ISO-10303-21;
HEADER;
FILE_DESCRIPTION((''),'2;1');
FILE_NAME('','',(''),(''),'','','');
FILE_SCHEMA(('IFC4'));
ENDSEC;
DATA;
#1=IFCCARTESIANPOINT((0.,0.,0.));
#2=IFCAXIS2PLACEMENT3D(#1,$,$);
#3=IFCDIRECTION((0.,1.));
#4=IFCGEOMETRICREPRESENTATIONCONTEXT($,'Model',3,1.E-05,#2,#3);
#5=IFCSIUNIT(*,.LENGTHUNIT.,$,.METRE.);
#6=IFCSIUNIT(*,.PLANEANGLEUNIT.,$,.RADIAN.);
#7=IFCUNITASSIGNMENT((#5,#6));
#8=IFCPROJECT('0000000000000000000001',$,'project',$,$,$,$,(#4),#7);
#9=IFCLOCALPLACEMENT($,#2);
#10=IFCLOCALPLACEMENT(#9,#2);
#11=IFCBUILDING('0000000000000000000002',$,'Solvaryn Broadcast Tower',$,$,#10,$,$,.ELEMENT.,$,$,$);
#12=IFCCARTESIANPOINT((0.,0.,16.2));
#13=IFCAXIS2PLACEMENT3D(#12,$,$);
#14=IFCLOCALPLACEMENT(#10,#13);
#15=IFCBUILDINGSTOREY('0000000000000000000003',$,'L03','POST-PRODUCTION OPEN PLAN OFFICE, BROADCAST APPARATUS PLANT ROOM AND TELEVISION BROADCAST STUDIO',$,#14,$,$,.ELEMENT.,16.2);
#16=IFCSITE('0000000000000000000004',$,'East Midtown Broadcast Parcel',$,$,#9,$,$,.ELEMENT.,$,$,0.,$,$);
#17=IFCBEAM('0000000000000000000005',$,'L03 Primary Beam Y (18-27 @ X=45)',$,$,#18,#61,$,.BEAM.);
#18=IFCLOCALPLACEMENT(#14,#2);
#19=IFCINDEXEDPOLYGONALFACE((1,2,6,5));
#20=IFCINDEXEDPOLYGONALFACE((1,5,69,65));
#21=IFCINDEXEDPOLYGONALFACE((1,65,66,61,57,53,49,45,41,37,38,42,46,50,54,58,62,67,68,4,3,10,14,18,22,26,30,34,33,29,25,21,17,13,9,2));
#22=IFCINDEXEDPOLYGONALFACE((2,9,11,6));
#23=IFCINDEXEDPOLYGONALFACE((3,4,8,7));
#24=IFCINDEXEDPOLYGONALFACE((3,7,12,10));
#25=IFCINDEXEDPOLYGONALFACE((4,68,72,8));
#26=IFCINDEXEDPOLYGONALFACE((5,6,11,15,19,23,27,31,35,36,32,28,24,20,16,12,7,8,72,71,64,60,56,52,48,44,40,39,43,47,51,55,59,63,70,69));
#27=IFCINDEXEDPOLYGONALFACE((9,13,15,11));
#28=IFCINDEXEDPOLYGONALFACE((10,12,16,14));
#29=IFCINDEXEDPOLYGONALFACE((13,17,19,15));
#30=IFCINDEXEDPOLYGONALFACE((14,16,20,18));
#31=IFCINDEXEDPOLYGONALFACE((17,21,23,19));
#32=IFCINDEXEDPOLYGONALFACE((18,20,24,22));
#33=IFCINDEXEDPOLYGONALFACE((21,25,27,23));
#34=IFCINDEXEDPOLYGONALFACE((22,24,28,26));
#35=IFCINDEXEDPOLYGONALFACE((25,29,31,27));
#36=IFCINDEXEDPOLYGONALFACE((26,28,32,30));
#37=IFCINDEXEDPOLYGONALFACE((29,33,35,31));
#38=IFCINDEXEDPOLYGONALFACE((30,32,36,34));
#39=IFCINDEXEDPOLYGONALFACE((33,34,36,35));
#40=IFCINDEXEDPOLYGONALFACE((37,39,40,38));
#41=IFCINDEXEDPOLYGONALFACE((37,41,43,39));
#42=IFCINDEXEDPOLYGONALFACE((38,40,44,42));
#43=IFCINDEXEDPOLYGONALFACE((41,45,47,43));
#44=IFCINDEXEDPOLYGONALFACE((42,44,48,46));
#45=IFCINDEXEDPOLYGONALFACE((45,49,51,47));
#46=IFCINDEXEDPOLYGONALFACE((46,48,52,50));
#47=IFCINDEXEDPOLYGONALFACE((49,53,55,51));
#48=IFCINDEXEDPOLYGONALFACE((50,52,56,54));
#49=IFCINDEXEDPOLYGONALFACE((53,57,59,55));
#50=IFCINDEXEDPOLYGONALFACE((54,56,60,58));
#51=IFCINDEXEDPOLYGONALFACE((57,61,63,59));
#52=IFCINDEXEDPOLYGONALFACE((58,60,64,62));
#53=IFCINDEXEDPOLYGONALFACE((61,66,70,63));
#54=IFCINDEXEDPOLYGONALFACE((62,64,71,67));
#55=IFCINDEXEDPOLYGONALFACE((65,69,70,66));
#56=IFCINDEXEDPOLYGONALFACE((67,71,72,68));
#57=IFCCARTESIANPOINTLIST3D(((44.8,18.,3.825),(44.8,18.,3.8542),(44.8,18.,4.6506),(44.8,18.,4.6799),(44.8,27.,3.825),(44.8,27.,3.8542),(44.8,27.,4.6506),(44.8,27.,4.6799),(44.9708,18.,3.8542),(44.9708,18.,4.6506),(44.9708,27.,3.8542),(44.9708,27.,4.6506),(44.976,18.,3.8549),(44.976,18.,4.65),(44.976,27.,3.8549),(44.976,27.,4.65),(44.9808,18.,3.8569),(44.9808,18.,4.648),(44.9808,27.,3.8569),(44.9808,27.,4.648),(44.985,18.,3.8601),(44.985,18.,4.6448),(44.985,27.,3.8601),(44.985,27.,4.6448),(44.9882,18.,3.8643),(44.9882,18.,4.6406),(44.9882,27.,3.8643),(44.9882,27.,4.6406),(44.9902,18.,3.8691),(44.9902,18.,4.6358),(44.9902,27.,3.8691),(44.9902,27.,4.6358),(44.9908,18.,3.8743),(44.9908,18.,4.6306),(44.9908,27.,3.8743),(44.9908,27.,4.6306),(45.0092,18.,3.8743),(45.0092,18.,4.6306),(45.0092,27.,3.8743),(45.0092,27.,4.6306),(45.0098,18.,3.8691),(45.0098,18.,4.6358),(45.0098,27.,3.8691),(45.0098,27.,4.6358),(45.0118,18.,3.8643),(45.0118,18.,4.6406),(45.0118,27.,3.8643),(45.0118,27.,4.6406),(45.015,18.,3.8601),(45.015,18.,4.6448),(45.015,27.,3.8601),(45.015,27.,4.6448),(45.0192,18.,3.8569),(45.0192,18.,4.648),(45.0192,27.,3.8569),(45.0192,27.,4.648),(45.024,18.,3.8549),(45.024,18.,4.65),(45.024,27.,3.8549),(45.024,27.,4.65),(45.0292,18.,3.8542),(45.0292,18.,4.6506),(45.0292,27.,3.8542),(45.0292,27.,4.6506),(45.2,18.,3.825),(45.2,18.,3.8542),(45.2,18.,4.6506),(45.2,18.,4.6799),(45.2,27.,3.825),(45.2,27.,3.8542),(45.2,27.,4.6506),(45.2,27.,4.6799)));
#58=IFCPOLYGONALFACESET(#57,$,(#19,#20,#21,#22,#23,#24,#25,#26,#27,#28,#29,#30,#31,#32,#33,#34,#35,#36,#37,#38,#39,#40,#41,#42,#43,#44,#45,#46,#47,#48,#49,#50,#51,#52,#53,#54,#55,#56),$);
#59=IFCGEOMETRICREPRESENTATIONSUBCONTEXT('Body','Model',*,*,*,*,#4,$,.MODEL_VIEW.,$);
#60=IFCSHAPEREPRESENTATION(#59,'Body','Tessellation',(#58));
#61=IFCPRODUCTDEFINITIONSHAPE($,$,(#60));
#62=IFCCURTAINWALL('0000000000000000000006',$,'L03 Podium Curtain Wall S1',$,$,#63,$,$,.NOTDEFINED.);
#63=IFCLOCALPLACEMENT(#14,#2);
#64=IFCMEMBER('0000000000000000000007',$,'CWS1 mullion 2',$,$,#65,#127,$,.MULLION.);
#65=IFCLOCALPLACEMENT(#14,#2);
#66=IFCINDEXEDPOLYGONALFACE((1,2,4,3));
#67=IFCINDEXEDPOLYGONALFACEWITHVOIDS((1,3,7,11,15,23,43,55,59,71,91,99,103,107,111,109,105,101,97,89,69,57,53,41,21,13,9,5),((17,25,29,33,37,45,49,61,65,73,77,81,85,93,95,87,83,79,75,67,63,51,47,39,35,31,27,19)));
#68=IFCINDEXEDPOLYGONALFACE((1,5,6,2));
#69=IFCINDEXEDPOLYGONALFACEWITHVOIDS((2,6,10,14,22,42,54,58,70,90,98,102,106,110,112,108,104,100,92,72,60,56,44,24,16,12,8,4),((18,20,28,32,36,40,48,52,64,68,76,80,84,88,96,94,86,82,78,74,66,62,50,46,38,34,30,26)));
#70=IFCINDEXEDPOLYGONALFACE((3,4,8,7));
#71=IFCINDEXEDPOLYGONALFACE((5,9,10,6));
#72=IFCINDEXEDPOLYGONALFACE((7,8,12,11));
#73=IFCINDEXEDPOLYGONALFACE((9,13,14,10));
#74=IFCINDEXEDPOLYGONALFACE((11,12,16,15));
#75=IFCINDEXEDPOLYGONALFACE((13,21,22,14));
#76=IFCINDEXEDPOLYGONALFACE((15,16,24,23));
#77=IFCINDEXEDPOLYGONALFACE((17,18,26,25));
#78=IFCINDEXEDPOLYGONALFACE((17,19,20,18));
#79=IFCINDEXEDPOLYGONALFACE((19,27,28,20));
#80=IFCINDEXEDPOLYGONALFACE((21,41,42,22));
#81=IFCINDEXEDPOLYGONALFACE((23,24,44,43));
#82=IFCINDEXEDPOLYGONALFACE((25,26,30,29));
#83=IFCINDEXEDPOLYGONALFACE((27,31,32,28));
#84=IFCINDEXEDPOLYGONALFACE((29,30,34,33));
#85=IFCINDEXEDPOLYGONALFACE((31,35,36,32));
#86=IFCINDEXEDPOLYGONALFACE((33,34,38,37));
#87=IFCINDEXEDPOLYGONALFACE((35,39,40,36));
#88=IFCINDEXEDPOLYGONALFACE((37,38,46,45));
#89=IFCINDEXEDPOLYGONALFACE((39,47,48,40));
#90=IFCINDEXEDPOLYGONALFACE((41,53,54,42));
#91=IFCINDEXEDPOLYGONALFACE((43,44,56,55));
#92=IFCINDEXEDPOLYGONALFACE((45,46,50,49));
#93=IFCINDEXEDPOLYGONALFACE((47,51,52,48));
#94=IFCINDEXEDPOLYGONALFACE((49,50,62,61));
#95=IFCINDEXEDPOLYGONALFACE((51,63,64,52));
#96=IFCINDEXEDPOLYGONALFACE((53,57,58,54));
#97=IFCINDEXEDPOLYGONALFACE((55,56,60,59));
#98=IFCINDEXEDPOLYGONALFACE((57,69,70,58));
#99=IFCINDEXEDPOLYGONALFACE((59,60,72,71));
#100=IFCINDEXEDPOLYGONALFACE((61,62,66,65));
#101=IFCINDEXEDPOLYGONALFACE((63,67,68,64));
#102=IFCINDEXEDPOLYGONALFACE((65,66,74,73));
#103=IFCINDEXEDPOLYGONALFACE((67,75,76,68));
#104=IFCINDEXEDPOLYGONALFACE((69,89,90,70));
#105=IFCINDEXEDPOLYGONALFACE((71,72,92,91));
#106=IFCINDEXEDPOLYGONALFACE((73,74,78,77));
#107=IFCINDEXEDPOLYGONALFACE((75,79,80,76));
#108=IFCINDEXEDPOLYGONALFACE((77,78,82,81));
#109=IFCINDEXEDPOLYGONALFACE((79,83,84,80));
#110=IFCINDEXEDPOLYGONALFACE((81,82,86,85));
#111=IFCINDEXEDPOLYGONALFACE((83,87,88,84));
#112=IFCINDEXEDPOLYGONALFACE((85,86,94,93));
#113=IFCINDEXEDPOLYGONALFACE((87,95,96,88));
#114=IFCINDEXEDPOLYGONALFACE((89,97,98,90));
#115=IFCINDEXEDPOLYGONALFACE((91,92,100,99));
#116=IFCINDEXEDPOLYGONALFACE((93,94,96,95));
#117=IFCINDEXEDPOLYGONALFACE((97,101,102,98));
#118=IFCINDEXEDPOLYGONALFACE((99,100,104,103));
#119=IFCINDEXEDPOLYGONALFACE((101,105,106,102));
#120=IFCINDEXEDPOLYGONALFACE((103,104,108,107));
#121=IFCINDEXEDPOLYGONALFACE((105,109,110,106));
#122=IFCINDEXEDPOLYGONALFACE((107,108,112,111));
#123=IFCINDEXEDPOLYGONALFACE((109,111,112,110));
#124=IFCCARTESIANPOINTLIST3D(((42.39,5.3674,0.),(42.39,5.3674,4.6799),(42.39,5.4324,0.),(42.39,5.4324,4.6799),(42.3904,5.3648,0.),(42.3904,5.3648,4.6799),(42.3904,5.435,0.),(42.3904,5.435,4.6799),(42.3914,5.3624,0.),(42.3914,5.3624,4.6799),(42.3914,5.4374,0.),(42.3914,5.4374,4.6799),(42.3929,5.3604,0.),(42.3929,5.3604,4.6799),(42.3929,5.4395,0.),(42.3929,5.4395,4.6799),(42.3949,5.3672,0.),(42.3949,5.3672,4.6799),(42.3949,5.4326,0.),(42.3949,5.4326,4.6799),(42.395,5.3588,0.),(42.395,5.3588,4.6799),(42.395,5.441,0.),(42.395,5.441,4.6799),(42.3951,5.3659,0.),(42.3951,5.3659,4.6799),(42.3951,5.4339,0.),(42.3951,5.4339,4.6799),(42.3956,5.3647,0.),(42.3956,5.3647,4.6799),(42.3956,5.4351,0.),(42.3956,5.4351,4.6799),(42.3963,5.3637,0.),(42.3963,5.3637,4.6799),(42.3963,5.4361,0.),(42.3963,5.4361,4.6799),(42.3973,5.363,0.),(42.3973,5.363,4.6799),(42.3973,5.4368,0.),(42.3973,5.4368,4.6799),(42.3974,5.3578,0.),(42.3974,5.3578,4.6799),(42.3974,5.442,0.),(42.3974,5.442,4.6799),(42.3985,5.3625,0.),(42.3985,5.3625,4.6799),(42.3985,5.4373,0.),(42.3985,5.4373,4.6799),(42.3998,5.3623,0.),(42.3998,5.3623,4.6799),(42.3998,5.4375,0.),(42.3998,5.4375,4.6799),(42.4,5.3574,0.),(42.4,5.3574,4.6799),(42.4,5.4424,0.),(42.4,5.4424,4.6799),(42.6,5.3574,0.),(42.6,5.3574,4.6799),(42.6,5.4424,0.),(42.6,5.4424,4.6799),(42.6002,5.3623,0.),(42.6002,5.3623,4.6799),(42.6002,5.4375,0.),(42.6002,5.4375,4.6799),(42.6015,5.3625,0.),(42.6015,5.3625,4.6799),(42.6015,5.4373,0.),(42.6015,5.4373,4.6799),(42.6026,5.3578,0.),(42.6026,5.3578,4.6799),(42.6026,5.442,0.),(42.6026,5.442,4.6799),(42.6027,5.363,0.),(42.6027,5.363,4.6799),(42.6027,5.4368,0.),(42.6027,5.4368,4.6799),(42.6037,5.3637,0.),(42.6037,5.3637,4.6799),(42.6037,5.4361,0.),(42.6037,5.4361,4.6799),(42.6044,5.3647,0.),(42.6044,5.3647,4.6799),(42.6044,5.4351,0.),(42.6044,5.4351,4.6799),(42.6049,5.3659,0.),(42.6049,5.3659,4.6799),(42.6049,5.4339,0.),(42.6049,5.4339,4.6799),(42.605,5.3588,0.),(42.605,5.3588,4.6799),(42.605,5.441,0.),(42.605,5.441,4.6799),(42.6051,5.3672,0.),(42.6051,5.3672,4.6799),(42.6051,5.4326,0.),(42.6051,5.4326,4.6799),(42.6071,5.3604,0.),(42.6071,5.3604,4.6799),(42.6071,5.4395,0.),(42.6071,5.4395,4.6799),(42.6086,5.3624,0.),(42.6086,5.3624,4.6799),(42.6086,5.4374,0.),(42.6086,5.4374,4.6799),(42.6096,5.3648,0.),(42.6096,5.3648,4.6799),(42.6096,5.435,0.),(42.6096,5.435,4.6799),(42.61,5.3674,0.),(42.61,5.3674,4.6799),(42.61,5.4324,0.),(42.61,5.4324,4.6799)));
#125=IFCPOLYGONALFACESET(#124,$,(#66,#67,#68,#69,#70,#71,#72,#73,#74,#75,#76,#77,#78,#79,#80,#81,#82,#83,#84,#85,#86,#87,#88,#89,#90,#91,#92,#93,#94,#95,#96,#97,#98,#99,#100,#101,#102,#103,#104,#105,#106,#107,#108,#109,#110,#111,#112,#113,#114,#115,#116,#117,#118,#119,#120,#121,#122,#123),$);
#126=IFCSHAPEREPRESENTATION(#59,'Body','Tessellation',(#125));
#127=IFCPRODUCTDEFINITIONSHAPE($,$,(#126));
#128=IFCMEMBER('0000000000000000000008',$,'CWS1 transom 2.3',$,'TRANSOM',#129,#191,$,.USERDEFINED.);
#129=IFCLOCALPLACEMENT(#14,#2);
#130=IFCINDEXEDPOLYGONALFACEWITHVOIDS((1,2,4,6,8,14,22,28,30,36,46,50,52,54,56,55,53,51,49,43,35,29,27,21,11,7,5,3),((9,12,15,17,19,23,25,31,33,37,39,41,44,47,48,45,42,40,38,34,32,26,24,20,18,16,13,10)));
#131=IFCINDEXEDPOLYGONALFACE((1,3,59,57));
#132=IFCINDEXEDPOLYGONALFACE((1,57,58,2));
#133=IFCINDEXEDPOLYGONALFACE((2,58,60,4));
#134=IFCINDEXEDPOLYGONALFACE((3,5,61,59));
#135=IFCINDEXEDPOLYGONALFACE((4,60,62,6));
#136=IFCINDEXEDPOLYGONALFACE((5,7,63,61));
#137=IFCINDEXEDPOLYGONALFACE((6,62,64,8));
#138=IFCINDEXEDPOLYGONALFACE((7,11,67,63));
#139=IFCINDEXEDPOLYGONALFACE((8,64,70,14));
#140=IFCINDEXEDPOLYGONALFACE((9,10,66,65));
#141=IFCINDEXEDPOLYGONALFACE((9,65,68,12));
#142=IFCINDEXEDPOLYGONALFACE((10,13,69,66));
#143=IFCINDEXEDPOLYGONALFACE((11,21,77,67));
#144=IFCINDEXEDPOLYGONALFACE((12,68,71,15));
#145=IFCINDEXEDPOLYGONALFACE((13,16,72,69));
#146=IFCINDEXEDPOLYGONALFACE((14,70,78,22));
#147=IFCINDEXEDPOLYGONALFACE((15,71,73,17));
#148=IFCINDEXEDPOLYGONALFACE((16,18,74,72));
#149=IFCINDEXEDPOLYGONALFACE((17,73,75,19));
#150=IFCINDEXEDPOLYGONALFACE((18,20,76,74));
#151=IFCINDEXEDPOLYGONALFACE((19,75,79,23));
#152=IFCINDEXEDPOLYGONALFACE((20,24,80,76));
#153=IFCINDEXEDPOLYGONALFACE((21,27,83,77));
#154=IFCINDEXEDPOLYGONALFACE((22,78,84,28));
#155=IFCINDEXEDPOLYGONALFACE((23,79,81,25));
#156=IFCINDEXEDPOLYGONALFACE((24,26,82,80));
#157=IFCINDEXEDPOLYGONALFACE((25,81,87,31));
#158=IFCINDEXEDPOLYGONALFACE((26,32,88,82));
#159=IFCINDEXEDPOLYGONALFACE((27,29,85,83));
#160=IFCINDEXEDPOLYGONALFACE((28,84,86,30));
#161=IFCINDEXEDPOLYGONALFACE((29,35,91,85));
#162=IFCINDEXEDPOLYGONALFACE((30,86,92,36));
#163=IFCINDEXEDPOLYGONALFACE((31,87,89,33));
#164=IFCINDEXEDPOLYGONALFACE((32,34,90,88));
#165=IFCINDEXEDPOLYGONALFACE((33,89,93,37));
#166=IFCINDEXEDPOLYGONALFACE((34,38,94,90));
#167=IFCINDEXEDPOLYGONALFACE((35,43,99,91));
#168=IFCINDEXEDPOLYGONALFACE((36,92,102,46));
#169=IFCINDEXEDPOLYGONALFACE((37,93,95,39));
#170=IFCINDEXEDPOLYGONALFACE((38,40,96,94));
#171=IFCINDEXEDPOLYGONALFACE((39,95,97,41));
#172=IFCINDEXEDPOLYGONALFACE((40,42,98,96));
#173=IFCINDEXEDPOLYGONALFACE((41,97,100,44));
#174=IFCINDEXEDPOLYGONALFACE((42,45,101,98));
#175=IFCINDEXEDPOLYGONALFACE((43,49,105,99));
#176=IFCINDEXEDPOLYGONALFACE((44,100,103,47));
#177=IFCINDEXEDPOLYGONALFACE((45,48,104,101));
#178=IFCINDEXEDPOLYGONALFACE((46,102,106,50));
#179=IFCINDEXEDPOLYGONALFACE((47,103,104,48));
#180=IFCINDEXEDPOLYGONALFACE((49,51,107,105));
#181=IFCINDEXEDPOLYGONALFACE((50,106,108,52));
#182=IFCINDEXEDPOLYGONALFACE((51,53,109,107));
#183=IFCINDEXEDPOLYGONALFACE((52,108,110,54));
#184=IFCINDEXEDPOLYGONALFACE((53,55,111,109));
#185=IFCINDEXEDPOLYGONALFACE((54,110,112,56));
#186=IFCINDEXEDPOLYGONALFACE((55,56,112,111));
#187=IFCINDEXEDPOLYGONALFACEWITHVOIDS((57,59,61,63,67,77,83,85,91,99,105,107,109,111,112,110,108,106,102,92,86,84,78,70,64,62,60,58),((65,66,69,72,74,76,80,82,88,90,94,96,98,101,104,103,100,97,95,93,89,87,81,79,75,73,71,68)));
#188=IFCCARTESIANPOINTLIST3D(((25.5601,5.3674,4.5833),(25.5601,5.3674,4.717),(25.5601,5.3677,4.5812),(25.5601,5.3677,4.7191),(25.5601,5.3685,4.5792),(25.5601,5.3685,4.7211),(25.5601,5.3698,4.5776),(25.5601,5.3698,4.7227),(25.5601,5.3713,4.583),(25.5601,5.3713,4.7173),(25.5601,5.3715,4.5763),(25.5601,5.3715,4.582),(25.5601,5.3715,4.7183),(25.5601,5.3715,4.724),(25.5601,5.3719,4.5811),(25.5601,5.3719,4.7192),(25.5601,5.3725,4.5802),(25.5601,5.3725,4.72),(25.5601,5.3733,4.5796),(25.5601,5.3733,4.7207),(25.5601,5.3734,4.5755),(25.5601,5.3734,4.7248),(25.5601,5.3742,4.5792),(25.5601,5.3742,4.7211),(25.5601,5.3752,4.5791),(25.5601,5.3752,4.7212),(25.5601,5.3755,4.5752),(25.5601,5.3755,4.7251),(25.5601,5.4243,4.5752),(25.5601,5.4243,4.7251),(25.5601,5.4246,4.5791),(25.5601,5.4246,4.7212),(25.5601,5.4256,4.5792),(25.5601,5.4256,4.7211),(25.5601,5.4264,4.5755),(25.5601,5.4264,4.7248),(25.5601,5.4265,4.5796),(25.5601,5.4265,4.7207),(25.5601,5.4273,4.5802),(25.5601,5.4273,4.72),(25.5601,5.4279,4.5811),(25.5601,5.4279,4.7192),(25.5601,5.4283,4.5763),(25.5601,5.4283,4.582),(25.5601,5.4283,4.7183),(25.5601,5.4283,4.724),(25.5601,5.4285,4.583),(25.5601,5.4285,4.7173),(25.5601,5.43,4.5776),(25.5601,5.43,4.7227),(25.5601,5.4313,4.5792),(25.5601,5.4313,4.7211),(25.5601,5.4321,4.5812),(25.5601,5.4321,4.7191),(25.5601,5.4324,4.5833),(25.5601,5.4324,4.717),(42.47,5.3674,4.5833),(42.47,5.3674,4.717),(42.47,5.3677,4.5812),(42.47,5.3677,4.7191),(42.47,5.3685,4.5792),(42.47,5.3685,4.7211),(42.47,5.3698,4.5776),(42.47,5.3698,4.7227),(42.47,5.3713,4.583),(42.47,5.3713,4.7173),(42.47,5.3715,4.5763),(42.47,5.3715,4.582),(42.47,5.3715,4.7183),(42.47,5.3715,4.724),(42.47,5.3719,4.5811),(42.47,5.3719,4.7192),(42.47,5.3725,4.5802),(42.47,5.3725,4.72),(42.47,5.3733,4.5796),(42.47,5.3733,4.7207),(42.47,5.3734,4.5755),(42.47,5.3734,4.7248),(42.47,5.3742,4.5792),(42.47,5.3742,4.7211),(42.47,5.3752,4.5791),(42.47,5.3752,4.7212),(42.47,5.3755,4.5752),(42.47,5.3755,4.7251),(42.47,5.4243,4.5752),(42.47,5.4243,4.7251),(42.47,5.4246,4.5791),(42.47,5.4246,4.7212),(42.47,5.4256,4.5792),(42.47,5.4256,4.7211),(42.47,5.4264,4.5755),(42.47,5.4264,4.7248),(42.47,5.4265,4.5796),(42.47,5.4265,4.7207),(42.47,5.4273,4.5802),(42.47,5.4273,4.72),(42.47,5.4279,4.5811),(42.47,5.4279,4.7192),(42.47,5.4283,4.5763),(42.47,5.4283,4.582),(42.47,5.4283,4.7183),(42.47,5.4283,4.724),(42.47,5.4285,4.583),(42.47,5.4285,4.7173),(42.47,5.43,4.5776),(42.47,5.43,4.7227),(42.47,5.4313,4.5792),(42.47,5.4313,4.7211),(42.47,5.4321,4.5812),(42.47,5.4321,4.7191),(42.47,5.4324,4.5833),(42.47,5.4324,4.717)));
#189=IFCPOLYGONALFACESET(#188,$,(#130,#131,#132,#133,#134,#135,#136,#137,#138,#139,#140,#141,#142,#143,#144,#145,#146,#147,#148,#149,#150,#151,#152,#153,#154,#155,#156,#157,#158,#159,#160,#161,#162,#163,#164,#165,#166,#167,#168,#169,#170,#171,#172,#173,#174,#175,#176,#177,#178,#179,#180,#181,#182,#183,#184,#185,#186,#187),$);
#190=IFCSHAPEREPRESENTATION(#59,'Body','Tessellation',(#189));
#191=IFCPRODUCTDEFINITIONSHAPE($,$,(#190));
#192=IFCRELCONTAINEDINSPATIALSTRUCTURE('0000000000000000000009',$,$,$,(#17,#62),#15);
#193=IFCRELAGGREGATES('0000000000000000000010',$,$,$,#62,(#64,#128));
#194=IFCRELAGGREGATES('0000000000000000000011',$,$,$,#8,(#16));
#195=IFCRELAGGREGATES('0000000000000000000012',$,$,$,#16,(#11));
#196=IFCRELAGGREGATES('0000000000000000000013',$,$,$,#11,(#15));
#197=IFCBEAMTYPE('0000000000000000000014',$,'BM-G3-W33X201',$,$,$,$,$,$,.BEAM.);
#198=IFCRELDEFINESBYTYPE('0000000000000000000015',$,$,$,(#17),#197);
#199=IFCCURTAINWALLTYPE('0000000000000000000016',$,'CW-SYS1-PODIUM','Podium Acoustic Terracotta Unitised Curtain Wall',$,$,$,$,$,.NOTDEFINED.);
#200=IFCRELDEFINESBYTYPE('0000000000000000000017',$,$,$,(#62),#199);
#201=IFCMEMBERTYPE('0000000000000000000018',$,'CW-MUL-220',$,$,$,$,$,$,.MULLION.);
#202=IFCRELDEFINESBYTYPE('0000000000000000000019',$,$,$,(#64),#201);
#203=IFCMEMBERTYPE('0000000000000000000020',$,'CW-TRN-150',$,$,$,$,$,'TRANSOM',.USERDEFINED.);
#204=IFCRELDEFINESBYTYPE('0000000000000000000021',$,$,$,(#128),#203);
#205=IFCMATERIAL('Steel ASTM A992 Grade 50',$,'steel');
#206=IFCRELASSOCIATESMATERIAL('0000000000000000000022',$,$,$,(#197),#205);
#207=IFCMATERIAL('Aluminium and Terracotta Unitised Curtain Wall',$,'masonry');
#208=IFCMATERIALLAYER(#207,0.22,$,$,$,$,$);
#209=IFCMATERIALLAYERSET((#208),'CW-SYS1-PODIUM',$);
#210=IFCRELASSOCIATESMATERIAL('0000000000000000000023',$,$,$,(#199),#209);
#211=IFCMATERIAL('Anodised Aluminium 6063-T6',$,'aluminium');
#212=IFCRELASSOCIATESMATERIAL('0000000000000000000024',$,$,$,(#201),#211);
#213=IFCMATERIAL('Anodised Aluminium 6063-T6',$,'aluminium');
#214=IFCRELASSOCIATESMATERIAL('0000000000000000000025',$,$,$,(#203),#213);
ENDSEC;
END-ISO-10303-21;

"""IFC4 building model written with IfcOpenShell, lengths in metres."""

from ifc_helpers import new_model, si_unit, direction, frame, origin, origin_2d, place, context, subcontext, project, spatial, hollow_rectangle, i_section, extrude, material, layer, layer_set, material_profile, profile_set, type_object, element, aggregate, save


model = new_model("IFC4")

# Units and contexts
model_context = context("Model", 3, precision=1e-05, world=origin(), true_north=direction((0.0, 1.0)))
body_context = subcontext(model_context, "Body", "Model", "MODEL_VIEW")
ifc_project = project(units=[si_unit("LENGTHUNIT", "METRE"), si_unit("PLANEANGLEUNIT", "RADIAN")], contexts=[model_context])

# Site, building, storey
site_placement = place(None, origin())
site = spatial("IfcSite", under=ifc_project, at=site_placement, Name="East Midtown Broadcast Parcel", CompositionType="ELEMENT", RefElevation=0.0)
building_placement = place(site_placement, origin())
building = spatial("IfcBuilding", under=site, at=building_placement, Name="Solvaryn Broadcast Tower", CompositionType="ELEMENT")
storey_placement = place(building_placement, frame((0.0, 0.0, 16.2)))
storey = spatial("IfcBuildingStorey", under=building, at=storey_placement, Name="L03", Description="POST-PRODUCTION OPEN PLAN OFFICE, BROADCAST APPARATUS PLANT ROOM AND TELEVISION BROADCAST STUDIO", CompositionType="ELEMENT", Elevation=16.2)

# Beam
ifc_material_1 = material(Name="Steel ASTM A992 Grade 50", Category="steel")
ifc_material_profile_1 = material_profile(ifc_material_1, i_section(OverallWidth=0.3999, OverallDepth=0.855, WebThickness=0.0183, FlangeThickness=0.0293, FilletRadius=0.02, at=origin_2d()))
ifc_profile_set_1 = profile_set([ifc_material_profile_1], Name="Steel ASTM A992 Grade 50")
beam_type_1 = type_object("IfcBeamType", Name="BM-G3-W33X201", PredefinedType="BEAM", material=ifc_profile_set_1)
for number, where, z_axis, x_axis, name in (
    (1, (45.0, 18.0, 4.2524), (0.0, 1.0, 0.0), (-1.0, 0.0, 0.0), "L03 Primary Beam Y (18-27 @ X=45)"),
):
    element("IfcBeam", number, at=place(storey_placement, frame(where, z_axis=z_axis, x_axis=x_axis)), inside=storey, type_object=beam_type_1, Name=name, PredefinedType="BEAM", context=body_context, shape_type="SweptSolid", body=[
        extrude(i_section(OverallWidth=0.3999, OverallDepth=0.855, WebThickness=0.0183, FlangeThickness=0.0293, FilletRadius=0.02, at=origin_2d()), origin(), (0.0, 0.0, 1.0), 9.0),
    ])

# Curtain wall, members
ifc_material_2 = material(Name="Aluminium and Terracotta Unitised Curtain Wall", Category="masonry")
ifc_layer_1 = layer(ifc_material_2, 0.22)
ifc_layer_set_1 = layer_set([ifc_layer_1], Name="CW-SYS1-PODIUM")
curtain_wall_type = type_object("IfcCurtainWallType", Name="CW-SYS1-PODIUM", Description="Podium Acoustic Terracotta Unitised Curtain Wall", PredefinedType="NOTDEFINED", material=ifc_layer_set_1)
curtain_wall_placement = place(storey_placement, origin())
curtain_wall = element("IfcCurtainWall", 2, at=curtain_wall_placement, inside=storey, type_object=curtain_wall_type, Name="L03 Podium Curtain Wall S1", PredefinedType="NOTDEFINED")
ifc_material_3 = material(Name="Anodised Aluminium 6063-T6", Category="aluminium")
ifc_material_profile_2 = material_profile(ifc_material_3, hollow_rectangle(XDim=0.085, YDim=0.22, WallThickness=0.0049, InnerFilletRadius=0.0049, OuterFilletRadius=0.01, at=origin_2d()))
ifc_profile_set_2 = profile_set([ifc_material_profile_2], Name="Anodised Aluminium 6063-T6")
member_type_1 = type_object("IfcMemberType", Name="CW-MUL-220", PredefinedType="MULLION", material=ifc_profile_set_2)
member_1_placement = place(storey_placement, frame((42.5, 5.3999, 0.0), z_axis=(0.0, 0.0, 1.0), x_axis=(0.0, -1.0, 0.0)))
member_1 = element("IfcMember", 3, at=member_1_placement, type_object=member_type_1, Name="CWS1 mullion 2", PredefinedType="MULLION", context=body_context, shape_type="SweptSolid", body=[
    extrude(hollow_rectangle(XDim=0.085, YDim=0.22, WallThickness=0.0049, InnerFilletRadius=0.0049, OuterFilletRadius=0.01, at=origin_2d()), origin(), (0.0, 0.0, 1.0), 4.6799),
])
ifc_material_4 = material(Name="Anodised Aluminium 6063-T6", Category="aluminium")
ifc_material_profile_3 = material_profile(ifc_material_4, hollow_rectangle(XDim=0.0649, YDim=0.1499, WallThickness=0.0039, InnerFilletRadius=0.0039, OuterFilletRadius=0.0081, at=origin_2d()))
ifc_profile_set_3 = profile_set([ifc_material_profile_3], Name="Anodised Aluminium 6063-T6")
member_type_2 = type_object("IfcMemberType", Name="CW-TRN-150", ElementType="TRANSOM", PredefinedType="USERDEFINED", material=ifc_profile_set_3)
member_2_placement = place(storey_placement, frame((42.47, 5.3999, 4.6501), z_axis=(-1.0, 0.0, 0.0), x_axis=(0.0, -1.0, 0.0)))
member_2 = element("IfcMember", 4, at=member_2_placement, type_object=member_type_2, Name="CWS1 transom 2.3", ObjectType="TRANSOM", PredefinedType="USERDEFINED", context=body_context, shape_type="SweptSolid", body=[
    extrude(hollow_rectangle(XDim=0.0649, YDim=0.1499, WallThickness=0.0039, InnerFilletRadius=0.0039, OuterFilletRadius=0.0081, at=origin_2d()), origin(), (0.0, 0.0, 1.0), 16.9099),
])
aggregate(curtain_wall, [member_1, member_2])

save(model, "model.ifc")
